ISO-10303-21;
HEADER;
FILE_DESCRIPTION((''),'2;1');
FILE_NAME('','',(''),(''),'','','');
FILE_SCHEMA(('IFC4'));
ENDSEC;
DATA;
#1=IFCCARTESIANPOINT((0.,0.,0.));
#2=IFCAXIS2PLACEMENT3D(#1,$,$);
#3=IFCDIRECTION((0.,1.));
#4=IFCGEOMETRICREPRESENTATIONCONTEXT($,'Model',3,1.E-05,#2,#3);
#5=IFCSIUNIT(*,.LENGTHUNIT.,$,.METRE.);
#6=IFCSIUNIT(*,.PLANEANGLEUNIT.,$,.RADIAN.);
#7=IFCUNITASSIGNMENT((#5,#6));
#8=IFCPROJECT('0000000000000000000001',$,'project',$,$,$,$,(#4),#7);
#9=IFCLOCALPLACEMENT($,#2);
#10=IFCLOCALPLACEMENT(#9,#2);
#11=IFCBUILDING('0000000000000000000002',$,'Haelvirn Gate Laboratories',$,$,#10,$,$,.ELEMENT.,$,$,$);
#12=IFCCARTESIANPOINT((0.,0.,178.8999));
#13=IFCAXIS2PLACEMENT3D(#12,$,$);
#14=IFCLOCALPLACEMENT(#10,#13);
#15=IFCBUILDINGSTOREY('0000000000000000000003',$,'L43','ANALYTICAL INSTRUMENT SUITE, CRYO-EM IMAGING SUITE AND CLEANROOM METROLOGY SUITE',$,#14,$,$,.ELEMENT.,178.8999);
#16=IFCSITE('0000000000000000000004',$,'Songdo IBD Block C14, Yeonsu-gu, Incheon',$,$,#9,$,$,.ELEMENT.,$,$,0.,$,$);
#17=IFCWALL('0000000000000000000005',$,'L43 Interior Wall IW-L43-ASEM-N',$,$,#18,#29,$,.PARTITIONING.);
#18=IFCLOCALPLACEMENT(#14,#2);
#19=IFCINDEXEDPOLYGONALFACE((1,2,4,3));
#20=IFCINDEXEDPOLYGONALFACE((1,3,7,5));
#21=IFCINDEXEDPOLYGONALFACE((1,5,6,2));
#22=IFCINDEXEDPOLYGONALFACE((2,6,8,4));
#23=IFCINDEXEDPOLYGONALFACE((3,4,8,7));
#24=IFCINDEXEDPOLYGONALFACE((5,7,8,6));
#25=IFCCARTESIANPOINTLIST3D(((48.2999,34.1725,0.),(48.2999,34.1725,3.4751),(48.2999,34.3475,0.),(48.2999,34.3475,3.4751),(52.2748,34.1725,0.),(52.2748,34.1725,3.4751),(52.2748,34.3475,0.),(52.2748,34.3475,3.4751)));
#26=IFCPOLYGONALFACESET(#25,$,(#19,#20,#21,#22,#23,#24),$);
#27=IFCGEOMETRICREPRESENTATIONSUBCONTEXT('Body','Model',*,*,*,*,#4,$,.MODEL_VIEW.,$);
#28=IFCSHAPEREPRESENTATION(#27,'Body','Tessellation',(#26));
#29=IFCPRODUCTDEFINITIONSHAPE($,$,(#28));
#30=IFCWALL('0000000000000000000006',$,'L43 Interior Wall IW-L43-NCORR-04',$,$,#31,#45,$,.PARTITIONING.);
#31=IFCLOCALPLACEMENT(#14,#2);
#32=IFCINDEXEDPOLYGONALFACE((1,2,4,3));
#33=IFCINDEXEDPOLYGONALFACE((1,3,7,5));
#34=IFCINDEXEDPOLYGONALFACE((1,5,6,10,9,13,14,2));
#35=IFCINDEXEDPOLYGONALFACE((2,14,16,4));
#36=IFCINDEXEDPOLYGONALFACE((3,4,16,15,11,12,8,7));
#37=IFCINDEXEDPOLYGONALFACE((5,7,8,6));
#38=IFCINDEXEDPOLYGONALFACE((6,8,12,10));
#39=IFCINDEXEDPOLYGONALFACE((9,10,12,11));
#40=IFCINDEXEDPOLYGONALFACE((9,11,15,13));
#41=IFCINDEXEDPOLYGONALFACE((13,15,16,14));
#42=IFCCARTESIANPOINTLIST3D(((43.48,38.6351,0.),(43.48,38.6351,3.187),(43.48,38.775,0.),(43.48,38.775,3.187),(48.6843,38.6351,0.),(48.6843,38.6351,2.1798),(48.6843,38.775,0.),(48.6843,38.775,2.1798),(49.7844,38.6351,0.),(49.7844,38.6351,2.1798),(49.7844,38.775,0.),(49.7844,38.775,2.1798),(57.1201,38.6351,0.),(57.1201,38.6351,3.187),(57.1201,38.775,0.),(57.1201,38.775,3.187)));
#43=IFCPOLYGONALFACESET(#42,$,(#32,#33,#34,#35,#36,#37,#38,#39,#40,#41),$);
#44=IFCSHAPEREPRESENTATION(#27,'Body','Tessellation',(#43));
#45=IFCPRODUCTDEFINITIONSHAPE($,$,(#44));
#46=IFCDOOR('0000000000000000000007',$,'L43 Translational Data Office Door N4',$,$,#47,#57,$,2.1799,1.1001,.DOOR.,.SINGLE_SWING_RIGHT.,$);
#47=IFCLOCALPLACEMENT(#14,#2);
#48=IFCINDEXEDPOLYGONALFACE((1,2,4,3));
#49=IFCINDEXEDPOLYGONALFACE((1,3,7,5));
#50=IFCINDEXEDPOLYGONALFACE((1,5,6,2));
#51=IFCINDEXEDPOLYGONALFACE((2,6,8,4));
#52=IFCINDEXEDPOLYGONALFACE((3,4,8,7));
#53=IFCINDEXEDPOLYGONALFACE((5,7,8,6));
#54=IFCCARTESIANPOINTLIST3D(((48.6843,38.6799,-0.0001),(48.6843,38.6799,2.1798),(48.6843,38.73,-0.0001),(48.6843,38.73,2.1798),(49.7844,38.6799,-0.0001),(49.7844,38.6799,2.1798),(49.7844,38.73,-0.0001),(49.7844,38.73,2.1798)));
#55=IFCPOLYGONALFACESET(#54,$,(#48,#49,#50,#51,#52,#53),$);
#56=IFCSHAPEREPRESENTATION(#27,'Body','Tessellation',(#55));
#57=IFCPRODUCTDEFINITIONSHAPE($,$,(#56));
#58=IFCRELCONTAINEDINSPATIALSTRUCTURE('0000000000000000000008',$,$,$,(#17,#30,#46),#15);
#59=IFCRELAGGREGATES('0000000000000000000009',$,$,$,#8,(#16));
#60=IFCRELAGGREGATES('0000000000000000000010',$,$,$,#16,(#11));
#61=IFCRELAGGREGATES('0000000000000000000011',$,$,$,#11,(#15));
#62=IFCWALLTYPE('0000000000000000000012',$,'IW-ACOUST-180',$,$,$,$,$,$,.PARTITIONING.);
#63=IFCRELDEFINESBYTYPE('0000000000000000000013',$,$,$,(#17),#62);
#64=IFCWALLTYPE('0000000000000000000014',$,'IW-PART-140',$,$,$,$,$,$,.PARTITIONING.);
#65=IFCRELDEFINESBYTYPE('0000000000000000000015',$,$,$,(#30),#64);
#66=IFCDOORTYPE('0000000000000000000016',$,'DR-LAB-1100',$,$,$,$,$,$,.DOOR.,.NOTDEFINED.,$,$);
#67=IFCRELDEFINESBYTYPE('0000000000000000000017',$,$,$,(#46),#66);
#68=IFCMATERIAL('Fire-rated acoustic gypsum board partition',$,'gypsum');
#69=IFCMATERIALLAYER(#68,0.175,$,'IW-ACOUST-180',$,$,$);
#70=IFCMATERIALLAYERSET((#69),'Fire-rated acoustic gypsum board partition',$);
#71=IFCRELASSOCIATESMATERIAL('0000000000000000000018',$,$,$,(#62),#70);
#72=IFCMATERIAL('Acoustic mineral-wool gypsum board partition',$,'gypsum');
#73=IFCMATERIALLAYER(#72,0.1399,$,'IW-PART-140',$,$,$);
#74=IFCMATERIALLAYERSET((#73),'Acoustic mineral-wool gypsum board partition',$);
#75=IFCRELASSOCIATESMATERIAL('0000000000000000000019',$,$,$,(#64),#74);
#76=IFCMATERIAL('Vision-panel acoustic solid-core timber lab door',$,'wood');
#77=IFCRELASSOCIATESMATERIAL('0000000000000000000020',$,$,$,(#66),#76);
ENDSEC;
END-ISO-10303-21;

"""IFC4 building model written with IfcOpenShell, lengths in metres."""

from ifc_helpers import new_model, si_unit, direction, frame, frame_2d, origin, place, context, subcontext, project, spatial, rectangle, extrude, source, transform, mapped, material, layer, layer_set, type_object, type_shapes, element, fill, save


model = new_model("IFC4")

# Units and contexts
model_context = context("Model", 3, precision=1e-05, world=origin(), true_north=direction((0.0, 1.0)))
body_context = subcontext(model_context, "Body", "Model", "MODEL_VIEW")
ifc_project = project(units=[si_unit("LENGTHUNIT", "METRE"), si_unit("PLANEANGLEUNIT", "RADIAN")], contexts=[model_context])

# Site, building, storey
site_placement = place(None, origin())
site = spatial("IfcSite", under=ifc_project, at=site_placement, Name="Songdo IBD Block C14, Yeonsu-gu, Incheon", CompositionType="ELEMENT", RefElevation=0.0)
building_placement = place(site_placement, origin())
building = spatial("IfcBuilding", under=site, at=building_placement, Name="Haelvirn Gate Laboratories", CompositionType="ELEMENT")
storey_placement = place(building_placement, frame((0.0, 0.0, 178.8999)))
storey = spatial("IfcBuildingStorey", under=building, at=storey_placement, Name="L43", Description="ANALYTICAL INSTRUMENT SUITE, CRYO-EM IMAGING SUITE AND CLEANROOM METROLOGY SUITE", CompositionType="ELEMENT", Elevation=178.8999)

# Wall
ifc_material_1 = material(Name="Fire-rated acoustic gypsum board partition", Category="gypsum")
ifc_layer_1 = layer(ifc_material_1, 0.175, Name="IW-ACOUST-180")
ifc_layer_set_1 = layer_set([ifc_layer_1], Name="Fire-rated acoustic gypsum board partition")
wall_type_1 = type_object("IfcWallType", Name="IW-ACOUST-180", PredefinedType="PARTITIONING", material=ifc_layer_set_1)
wall_1_placement = place(storey_placement, frame((48.3, 34.26, 0.0), z_axis=(0.0, 0.0, 1.0), x_axis=(1.0, 0.0, 0.0)))
element("IfcWall", 1, at=wall_1_placement, inside=storey, type_object=wall_type_1, Name="L43 Interior Wall IW-L43-ASEM-N", PredefinedType="PARTITIONING", context=body_context, shape_type="SweptSolid", body=[
    extrude(rectangle(XDim=3.9749, YDim=0.175, at=frame_2d((1.9873, 0.0))), origin(), (0.0, 0.0, 1.0), 3.4751),
])

# Wall, opening, door
ifc_material_2 = material(Name="Acoustic mineral-wool gypsum board partition", Category="gypsum")
ifc_layer_2 = layer(ifc_material_2, 0.1399, Name="IW-PART-140")
ifc_layer_set_2 = layer_set([ifc_layer_2], Name="Acoustic mineral-wool gypsum board partition")
wall_type_2 = type_object("IfcWallType", Name="IW-PART-140", PredefinedType="PARTITIONING", material=ifc_layer_set_2)
wall_2_placement = place(storey_placement, frame((43.48, 38.7051, 0.0), z_axis=(0.0, 0.0, 1.0), x_axis=(1.0, 0.0, 0.0)))
wall_2 = element("IfcWall", 2, at=wall_2_placement, inside=storey, type_object=wall_type_2, Name="L43 Interior Wall IW-L43-NCORR-04", PredefinedType="PARTITIONING", context=body_context, shape_type="SweptSolid", body=[
    extrude(rectangle(XDim=13.6401, YDim=0.1399, at=frame_2d((6.8201, 0.0))), origin(), (0.0, 0.0, 1.0), 3.187),
])
opening_placement = place(wall_2_placement, frame((5.2043, 0.0, 0.0)))
opening = element("IfcOpeningElement", 3, at=opening_placement, cuts=wall_2, PredefinedType="OPENING", context=body_context, shape_type="SweptSolid", body=[
    extrude(rectangle(XDim=1.1001, YDim=2.1799, at=frame_2d((0.55, 1.0898))), frame((0.0, 0.0801, 0.0), z_axis=(0.0, -1.0, 0.0), x_axis=(1.0, 0.0, 0.0)), (0.0, 0.0, 1.0), 0.1599),
])
ifc_material_3 = material(Name="Vision-panel acoustic solid-core timber lab door", Category="wood")
door_type = type_object("IfcDoorType", Name="DR-LAB-1100", OperationType="NOTDEFINED", PredefinedType="DOOR", material=ifc_material_3)
shared_shape_1 = source(origin(), body_context, "Body", "SweptSolid", [
    extrude(rectangle(XDim=1.1001, YDim=2.1799, at=frame_2d((0.55, 1.0898))), frame((0.0, 0.0249, 0.0), z_axis=(0.0, -1.0, 0.0), x_axis=(1.0, 0.0, 0.0)), (0.0, 0.0, 1.0), 0.05),
])
type_shapes(door_type, [shared_shape_1])
door_placement = place(opening_placement, origin())
door = element("IfcDoor", 4, at=door_placement, inside=storey, type_object=door_type, Name="L43 Translational Data Office Door N4", OperationType="SINGLE_SWING_RIGHT", OverallHeight=2.1799, OverallWidth=1.1001, PredefinedType="DOOR", context=body_context, shape_type="MappedRepresentation", body=[
    mapped(shared_shape_1, transform((0.0, 0.0, 0.0), scale=1.0)),
])
fill(opening, door)

save(model, "model.ifc")
